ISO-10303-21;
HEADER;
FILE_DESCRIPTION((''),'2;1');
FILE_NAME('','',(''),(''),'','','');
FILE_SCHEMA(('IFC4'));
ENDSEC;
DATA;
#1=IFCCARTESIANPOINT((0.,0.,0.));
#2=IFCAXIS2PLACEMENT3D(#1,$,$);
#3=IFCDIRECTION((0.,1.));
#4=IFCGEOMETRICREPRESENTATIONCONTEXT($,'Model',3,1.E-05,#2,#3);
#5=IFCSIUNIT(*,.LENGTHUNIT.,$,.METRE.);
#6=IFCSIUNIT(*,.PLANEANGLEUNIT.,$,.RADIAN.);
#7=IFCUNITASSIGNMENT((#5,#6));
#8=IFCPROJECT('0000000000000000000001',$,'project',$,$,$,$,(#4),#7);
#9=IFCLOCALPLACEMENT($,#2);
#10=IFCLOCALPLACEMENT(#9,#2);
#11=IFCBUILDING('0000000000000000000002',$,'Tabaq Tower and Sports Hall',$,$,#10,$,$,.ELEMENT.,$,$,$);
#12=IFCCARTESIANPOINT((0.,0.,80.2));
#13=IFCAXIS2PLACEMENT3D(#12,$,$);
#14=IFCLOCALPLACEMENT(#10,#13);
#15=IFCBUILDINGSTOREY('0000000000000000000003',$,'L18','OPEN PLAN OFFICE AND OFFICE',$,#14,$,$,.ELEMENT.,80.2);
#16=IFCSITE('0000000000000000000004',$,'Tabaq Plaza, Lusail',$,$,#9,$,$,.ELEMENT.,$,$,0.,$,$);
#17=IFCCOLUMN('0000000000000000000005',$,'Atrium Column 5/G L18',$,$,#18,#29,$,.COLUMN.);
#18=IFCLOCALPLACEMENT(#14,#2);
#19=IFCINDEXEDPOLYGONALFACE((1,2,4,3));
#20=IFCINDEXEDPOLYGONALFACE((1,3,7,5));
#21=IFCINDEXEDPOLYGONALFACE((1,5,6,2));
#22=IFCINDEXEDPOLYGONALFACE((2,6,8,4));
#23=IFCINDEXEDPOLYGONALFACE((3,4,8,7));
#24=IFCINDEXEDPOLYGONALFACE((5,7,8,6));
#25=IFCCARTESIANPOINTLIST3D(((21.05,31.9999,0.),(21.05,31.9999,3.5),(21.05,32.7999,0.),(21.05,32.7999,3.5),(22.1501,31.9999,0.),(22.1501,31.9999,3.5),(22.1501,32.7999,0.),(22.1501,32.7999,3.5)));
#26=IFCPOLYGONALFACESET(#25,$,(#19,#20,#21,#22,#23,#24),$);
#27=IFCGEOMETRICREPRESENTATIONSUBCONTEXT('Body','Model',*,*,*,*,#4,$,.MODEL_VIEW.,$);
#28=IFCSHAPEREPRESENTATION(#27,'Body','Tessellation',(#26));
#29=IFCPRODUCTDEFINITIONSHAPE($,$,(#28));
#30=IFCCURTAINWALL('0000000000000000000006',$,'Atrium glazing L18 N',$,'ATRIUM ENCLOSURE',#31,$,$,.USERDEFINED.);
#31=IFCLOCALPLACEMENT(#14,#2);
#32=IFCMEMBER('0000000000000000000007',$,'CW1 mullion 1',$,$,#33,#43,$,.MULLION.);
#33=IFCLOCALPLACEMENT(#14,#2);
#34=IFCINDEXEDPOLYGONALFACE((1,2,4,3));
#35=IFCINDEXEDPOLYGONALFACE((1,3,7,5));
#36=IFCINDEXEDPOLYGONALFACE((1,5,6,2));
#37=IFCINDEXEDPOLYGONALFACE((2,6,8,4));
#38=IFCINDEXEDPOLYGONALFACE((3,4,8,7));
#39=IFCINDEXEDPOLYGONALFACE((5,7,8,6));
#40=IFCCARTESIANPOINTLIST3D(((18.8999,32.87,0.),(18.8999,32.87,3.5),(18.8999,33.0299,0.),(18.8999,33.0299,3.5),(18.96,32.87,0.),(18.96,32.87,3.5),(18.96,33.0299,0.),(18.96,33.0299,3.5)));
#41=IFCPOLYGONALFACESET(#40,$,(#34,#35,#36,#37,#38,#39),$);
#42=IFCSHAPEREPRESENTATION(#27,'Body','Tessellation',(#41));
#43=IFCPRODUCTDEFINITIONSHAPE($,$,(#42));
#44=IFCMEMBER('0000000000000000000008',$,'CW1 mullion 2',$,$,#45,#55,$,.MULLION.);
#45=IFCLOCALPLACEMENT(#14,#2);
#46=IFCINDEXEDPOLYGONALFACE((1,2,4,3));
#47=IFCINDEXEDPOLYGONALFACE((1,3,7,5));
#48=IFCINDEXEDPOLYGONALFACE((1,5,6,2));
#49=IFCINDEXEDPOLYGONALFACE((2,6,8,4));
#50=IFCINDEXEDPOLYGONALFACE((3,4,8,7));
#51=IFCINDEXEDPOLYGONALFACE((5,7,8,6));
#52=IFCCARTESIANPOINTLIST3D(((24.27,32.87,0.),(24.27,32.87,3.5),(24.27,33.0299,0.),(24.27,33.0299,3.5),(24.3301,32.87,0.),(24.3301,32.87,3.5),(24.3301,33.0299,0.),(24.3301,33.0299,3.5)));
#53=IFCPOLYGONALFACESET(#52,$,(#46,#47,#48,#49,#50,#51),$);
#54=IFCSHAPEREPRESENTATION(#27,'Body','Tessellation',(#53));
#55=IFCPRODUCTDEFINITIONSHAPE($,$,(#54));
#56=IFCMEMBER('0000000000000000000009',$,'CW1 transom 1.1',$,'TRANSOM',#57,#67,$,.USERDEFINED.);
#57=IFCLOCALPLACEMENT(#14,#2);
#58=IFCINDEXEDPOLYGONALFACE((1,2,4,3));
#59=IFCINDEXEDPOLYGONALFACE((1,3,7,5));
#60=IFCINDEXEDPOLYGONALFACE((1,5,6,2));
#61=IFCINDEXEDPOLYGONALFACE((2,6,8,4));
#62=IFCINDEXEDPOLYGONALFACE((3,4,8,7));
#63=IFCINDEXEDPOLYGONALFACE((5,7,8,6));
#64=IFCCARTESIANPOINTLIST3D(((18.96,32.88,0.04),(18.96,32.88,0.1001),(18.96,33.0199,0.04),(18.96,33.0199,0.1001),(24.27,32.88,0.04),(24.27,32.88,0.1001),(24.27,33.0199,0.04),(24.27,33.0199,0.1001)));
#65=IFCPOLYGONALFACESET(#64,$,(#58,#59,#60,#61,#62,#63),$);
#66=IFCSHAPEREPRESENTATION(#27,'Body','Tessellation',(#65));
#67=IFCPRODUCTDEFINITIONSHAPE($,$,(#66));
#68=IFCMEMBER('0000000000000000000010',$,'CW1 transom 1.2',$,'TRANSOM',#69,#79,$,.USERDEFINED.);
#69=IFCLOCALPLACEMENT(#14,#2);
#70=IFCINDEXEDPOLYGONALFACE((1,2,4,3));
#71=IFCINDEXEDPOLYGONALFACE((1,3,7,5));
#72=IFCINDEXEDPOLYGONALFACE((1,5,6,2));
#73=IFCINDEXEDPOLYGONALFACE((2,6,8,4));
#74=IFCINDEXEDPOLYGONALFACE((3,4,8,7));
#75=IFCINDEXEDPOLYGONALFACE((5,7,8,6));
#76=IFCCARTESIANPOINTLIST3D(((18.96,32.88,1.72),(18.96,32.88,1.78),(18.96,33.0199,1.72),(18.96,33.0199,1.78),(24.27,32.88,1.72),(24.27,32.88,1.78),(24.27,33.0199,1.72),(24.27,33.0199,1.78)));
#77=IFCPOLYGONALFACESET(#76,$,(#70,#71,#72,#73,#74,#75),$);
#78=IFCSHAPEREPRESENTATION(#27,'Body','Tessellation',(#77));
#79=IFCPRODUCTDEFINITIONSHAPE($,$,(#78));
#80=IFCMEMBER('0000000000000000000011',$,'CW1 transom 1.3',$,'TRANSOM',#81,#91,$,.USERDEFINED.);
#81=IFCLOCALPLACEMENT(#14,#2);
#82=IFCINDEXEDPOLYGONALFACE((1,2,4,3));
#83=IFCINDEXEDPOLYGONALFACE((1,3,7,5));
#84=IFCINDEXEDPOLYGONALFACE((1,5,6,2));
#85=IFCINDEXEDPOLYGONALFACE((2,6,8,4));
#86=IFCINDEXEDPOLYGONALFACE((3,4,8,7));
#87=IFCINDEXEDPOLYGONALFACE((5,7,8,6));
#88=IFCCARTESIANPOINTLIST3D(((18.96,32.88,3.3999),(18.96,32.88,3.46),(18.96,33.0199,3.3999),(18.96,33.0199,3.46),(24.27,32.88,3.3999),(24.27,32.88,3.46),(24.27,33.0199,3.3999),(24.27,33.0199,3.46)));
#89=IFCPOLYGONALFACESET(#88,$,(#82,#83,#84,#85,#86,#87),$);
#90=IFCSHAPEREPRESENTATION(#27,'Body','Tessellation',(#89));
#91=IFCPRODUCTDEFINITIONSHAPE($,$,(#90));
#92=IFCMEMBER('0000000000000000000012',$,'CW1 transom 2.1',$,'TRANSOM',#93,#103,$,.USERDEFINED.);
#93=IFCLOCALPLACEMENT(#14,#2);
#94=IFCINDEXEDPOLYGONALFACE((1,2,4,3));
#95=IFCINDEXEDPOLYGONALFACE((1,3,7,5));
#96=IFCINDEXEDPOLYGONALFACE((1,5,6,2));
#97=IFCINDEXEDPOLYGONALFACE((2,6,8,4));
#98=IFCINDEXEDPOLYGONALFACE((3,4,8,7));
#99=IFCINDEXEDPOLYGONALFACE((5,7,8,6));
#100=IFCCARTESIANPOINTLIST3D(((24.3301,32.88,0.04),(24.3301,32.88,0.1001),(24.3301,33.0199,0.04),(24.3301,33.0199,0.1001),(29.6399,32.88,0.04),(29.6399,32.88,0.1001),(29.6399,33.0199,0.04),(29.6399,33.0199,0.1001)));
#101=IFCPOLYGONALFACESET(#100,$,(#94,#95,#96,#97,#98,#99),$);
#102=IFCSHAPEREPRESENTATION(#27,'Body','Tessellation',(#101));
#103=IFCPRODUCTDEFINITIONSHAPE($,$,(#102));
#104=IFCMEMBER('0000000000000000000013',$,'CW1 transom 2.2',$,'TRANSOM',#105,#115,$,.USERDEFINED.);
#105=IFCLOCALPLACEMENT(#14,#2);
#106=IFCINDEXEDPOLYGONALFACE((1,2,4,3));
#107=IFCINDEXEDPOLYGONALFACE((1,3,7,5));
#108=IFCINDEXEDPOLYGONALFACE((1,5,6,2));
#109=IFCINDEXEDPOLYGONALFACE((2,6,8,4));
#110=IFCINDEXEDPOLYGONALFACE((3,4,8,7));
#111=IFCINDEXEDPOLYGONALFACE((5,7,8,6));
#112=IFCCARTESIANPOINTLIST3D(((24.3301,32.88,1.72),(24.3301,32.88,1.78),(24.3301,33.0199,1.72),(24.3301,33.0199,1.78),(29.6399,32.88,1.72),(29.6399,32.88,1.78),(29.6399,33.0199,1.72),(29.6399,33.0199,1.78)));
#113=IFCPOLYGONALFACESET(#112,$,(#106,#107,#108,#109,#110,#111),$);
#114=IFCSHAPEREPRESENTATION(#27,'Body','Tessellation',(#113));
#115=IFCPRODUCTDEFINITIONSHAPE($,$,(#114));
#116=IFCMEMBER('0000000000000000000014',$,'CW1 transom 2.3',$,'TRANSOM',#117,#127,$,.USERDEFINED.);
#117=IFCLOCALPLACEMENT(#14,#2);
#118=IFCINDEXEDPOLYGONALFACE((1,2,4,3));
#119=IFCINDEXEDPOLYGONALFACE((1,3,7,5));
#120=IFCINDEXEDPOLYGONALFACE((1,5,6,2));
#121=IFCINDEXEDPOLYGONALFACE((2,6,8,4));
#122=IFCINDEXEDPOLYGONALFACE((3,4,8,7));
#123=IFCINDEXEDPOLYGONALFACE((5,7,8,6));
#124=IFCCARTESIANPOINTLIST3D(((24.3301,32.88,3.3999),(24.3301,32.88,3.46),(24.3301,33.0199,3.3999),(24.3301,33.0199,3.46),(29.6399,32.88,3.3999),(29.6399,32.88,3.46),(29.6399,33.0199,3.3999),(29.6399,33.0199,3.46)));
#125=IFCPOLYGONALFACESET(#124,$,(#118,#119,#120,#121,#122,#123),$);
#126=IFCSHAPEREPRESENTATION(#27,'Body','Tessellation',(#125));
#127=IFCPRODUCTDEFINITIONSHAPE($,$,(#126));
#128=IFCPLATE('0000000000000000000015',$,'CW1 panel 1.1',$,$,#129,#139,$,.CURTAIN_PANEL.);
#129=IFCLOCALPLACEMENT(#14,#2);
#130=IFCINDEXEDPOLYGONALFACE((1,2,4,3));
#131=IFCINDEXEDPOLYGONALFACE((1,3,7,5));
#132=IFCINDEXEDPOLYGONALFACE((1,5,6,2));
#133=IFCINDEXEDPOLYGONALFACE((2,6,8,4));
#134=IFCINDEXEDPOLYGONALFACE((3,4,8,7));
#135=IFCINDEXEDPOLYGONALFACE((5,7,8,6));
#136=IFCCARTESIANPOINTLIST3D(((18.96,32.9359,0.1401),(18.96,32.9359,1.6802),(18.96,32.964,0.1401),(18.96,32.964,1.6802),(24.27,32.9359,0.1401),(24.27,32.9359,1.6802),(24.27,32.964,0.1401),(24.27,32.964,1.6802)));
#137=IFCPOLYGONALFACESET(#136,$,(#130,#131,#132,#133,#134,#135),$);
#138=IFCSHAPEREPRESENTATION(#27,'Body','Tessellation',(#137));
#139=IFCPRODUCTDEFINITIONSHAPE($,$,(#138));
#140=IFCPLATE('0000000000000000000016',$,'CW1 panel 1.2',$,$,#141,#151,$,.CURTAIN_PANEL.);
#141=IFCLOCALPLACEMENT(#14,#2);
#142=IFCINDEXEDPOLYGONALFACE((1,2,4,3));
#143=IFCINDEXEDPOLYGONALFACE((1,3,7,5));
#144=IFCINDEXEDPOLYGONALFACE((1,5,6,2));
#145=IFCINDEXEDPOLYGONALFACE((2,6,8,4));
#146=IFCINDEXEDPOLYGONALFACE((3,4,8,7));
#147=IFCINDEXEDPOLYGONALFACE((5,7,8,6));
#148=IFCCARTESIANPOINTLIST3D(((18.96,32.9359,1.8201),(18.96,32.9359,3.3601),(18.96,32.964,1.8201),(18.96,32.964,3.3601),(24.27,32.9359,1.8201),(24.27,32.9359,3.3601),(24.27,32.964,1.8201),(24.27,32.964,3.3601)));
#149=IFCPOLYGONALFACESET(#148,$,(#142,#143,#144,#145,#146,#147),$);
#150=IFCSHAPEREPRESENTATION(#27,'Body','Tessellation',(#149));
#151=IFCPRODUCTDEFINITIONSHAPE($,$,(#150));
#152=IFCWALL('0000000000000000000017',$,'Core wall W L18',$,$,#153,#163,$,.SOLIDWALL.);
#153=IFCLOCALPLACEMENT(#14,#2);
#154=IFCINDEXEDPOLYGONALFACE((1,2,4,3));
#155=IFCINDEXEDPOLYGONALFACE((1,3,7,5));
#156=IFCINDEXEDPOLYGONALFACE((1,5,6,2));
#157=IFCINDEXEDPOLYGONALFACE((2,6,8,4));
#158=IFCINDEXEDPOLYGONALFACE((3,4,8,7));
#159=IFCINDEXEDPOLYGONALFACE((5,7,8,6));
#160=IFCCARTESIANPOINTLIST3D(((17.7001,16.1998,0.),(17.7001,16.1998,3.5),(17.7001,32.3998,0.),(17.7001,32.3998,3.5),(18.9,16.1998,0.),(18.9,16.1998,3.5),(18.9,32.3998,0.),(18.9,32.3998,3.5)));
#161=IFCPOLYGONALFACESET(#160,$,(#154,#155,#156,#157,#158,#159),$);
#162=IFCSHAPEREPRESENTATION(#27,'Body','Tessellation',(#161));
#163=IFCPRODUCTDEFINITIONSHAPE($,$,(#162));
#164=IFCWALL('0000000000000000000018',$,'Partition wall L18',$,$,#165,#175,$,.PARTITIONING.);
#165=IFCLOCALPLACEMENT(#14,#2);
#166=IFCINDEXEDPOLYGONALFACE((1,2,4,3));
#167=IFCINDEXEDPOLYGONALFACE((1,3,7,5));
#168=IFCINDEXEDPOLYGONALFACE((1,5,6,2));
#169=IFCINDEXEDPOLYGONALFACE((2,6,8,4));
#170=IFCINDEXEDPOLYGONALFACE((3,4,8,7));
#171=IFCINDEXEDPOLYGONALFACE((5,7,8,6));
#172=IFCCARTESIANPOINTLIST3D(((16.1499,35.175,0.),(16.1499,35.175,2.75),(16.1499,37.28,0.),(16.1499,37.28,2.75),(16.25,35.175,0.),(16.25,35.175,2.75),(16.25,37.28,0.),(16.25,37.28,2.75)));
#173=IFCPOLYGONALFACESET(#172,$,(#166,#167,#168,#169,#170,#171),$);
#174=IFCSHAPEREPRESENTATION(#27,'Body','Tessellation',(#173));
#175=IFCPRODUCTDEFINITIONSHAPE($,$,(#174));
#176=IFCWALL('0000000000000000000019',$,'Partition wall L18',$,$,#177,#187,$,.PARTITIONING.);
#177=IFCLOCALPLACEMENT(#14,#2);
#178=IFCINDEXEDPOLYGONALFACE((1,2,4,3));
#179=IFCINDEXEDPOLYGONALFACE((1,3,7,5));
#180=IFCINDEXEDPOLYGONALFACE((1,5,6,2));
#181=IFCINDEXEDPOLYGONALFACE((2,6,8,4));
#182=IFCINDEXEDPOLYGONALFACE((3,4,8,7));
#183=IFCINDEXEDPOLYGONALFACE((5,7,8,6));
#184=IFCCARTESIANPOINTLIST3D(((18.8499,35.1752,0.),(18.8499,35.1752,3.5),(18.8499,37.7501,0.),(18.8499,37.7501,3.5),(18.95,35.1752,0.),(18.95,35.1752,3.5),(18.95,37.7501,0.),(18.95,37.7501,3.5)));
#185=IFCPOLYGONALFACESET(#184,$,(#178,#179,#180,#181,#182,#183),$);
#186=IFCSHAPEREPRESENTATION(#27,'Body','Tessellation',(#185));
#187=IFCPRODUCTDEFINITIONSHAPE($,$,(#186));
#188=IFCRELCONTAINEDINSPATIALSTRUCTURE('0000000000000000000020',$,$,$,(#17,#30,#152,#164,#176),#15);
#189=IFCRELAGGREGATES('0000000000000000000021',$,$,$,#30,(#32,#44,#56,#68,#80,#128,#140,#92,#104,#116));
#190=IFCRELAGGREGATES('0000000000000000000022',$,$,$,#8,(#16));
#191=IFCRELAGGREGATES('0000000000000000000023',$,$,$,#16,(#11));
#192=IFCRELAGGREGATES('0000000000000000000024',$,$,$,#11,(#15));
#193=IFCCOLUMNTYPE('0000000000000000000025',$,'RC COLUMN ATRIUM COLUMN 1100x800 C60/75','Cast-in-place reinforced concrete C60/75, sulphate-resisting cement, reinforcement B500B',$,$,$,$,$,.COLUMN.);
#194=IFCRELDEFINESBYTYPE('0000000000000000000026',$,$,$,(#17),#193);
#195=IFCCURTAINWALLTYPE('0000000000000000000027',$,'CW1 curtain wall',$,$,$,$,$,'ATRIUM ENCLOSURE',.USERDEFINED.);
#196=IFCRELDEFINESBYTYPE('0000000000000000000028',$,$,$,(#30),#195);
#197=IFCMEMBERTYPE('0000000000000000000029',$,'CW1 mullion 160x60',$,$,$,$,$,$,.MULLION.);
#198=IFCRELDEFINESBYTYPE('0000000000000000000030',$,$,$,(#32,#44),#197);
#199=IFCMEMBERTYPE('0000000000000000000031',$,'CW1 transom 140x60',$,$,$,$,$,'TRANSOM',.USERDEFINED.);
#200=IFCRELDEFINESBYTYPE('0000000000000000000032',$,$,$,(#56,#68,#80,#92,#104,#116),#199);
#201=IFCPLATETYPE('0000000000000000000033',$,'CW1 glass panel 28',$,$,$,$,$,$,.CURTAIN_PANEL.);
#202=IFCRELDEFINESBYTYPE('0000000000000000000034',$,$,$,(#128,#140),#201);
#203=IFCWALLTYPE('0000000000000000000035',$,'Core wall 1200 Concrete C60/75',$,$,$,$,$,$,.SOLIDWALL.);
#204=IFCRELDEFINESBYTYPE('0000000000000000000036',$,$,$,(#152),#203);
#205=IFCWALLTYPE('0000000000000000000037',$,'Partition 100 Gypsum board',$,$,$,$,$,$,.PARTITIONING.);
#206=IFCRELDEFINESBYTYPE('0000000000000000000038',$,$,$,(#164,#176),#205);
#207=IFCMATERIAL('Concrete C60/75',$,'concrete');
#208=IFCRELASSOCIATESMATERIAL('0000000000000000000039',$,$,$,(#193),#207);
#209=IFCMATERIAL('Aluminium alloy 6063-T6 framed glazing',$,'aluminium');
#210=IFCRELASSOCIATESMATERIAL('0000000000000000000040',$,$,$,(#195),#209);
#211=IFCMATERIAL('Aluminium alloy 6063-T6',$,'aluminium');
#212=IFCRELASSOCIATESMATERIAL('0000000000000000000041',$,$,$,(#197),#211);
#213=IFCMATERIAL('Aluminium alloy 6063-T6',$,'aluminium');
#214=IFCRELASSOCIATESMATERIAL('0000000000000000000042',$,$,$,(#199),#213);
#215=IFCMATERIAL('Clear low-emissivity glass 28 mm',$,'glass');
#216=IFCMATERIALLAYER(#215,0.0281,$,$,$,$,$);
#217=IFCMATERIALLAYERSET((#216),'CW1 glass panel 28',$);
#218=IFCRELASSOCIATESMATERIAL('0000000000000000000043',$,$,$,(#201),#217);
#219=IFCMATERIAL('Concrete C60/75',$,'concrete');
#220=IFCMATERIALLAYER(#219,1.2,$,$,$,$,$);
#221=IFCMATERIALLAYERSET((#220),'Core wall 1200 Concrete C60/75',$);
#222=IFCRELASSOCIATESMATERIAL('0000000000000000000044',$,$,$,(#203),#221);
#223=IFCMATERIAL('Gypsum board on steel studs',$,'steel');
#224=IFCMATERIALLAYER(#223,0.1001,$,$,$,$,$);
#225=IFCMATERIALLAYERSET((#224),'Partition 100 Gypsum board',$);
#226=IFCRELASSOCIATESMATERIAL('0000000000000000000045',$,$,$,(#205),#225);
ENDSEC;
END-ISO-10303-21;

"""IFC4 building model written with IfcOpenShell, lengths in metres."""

from ifc_helpers import new_model, si_unit, direction, frame, frame_2d, origin, origin_2d, place, context, subcontext, project, spatial, rectangle, extrude, material, layer, layer_set, material_profile, profile_set, type_object, element, aggregate, save


model = new_model("IFC4")

# Units and contexts
model_context = context("Model", 3, precision=1e-05, world=origin(), true_north=direction((0.0, 1.0)))
body_context = subcontext(model_context, "Body", "Model", "MODEL_VIEW")
ifc_project = project(units=[si_unit("LENGTHUNIT", "METRE"), si_unit("PLANEANGLEUNIT", "RADIAN")], contexts=[model_context])

# Site, building, storey
site_placement = place(None, origin())
site = spatial("IfcSite", under=ifc_project, at=site_placement, Name="Tabaq Plaza, Lusail", CompositionType="ELEMENT", RefElevation=0.0)
building_placement = place(site_placement, origin())
building = spatial("IfcBuilding", under=site, at=building_placement, Name="Tabaq Tower and Sports Hall", CompositionType="ELEMENT")
storey_placement = place(building_placement, frame((0.0, 0.0, 80.2)))
storey = spatial("IfcBuildingStorey", under=building, at=storey_placement, Name="L18", Description="OPEN PLAN OFFICE AND OFFICE", CompositionType="ELEMENT", Elevation=80.2)

# Column
ifc_material_1 = material(Name="Concrete C60/75", Category="concrete")
ifc_material_profile_1 = material_profile(ifc_material_1, rectangle(XDim=1.1001, YDim=0.8, at=origin_2d()), Name="ATRIUM COLUMN 1100x800")
ifc_profile_set_1 = profile_set([ifc_material_profile_1], Name="Concrete C60/75")
column_type = type_object("IfcColumnType", Name="RC COLUMN ATRIUM COLUMN 1100x800 C60/75", Description="Cast-in-place reinforced concrete C60/75, sulphate-resisting cement, reinforcement B500B", PredefinedType="COLUMN", material=ifc_profile_set_1)
column_placement = place(storey_placement, frame((21.6001, 32.3999, 0.0), z_axis=(0.0, 0.0, 1.0), x_axis=(1.0, 0.0, 0.0)))
element("IfcColumn", 1, at=column_placement, inside=storey, type_object=column_type, Name="Atrium Column 5/G L18", PredefinedType="COLUMN", context=body_context, shape_type="SweptSolid", body=[
    extrude(rectangle(XDim=1.1001, YDim=0.8, at=origin_2d()), origin(), (0.0, 0.0, 1.0), 3.5),
])

# Curtain wall, members, plates
ifc_material_2 = material(Name="Aluminium alloy 6063-T6 framed glazing", Category="aluminium")
curtain_wall_type = type_object("IfcCurtainWallType", Name="CW1 curtain wall", ElementType="ATRIUM ENCLOSURE", PredefinedType="USERDEFINED", material=ifc_material_2)
curtain_wall_placement = place(storey_placement, origin())
curtain_wall = element("IfcCurtainWall", 2, at=curtain_wall_placement, inside=storey, type_object=curtain_wall_type, Name="Atrium glazing L18 N", ObjectType="ATRIUM ENCLOSURE", PredefinedType="USERDEFINED")
ifc_material_3 = material(Name="Aluminium alloy 6063-T6", Category="aluminium")
ifc_material_profile_2 = material_profile(ifc_material_3, rectangle(XDim=0.1599, YDim=0.0601, at=origin_2d()), Name="MULLION 160x60")
ifc_profile_set_2 = profile_set([ifc_material_profile_2], Name="Aluminium alloy 6063-T6")
member_type_1 = type_object("IfcMemberType", Name="CW1 mullion 160x60", PredefinedType="MULLION", material=ifc_profile_set_2)
member_1_placement = place(storey_placement, frame((18.9299, 32.95, 0.0), z_axis=(0.0, 0.0, 1.0), x_axis=(0.0, 1.0, 0.0)))
member_1 = element("IfcMember", 3, at=member_1_placement, type_object=member_type_1, Name="CW1 mullion 1", PredefinedType="MULLION", context=body_context, shape_type="SweptSolid", body=[
    extrude(rectangle(XDim=0.1599, YDim=0.0601, at=origin_2d()), origin(), (0.0, 0.0, 1.0), 3.5),
])
member_2_placement = place(storey_placement, frame((24.3, 32.95, 0.0), z_axis=(0.0, 0.0, 1.0), x_axis=(0.0, 1.0, 0.0)))
member_2 = element("IfcMember", 4, at=member_2_placement, type_object=member_type_1, Name="CW1 mullion 2", PredefinedType="MULLION", context=body_context, shape_type="SweptSolid", body=[
    extrude(rectangle(XDim=0.1599, YDim=0.0601, at=origin_2d()), origin(), (0.0, 0.0, 1.0), 3.5),
])
ifc_material_4 = material(Name="Aluminium alloy 6063-T6", Category="aluminium")
ifc_material_profile_3 = material_profile(ifc_material_4, rectangle(XDim=0.1399, YDim=0.0601, at=origin_2d()), Name="TRANSOM 140x60")
ifc_profile_set_3 = profile_set([ifc_material_profile_3], Name="Aluminium alloy 6063-T6")
member_type_2 = type_object("IfcMemberType", Name="CW1 transom 140x60", ElementType="TRANSOM", PredefinedType="USERDEFINED", material=ifc_profile_set_3)
member_3_placement = place(storey_placement, frame((18.96, 32.95, 0.0701), z_axis=(1.0, 0.0, 0.0), x_axis=(0.0, 1.0, 0.0)))
member_3 = element("IfcMember", 5, at=member_3_placement, type_object=member_type_2, Name="CW1 transom 1.1", ObjectType="TRANSOM", PredefinedType="USERDEFINED", context=body_context, shape_type="SweptSolid", body=[
    extrude(rectangle(XDim=0.1399, YDim=0.0601, at=origin_2d()), origin(), (0.0, 0.0, 1.0), 5.3101),
])
member_4_placement = place(storey_placement, frame((18.96, 32.95, 1.75), z_axis=(1.0, 0.0, 0.0), x_axis=(0.0, 1.0, 0.0)))
member_4 = element("IfcMember", 6, at=member_4_placement, type_object=member_type_2, Name="CW1 transom 1.2", ObjectType="TRANSOM", PredefinedType="USERDEFINED", context=body_context, shape_type="SweptSolid", body=[
    extrude(rectangle(XDim=0.1399, YDim=0.0601, at=origin_2d()), origin(), (0.0, 0.0, 1.0), 5.3101),
])
member_5_placement = place(storey_placement, frame((18.96, 32.95, 3.4299), z_axis=(1.0, 0.0, 0.0), x_axis=(0.0, 1.0, 0.0)))
member_5 = element("IfcMember", 7, at=member_5_placement, type_object=member_type_2, Name="CW1 transom 1.3", ObjectType="TRANSOM", PredefinedType="USERDEFINED", context=body_context, shape_type="SweptSolid", body=[
    extrude(rectangle(XDim=0.1399, YDim=0.0601, at=origin_2d()), origin(), (0.0, 0.0, 1.0), 5.3101),
])
member_6_placement = place(storey_placement, frame((24.3301, 32.95, 0.0701), z_axis=(1.0, 0.0, 0.0), x_axis=(0.0, 1.0, 0.0)))
member_6 = element("IfcMember", 8, at=member_6_placement, type_object=member_type_2, Name="CW1 transom 2.1", ObjectType="TRANSOM", PredefinedType="USERDEFINED", context=body_context, shape_type="SweptSolid", body=[
    extrude(rectangle(XDim=0.1399, YDim=0.0601, at=origin_2d()), origin(), (0.0, 0.0, 1.0), 5.3098),
])
member_7_placement = place(storey_placement, frame((24.3301, 32.95, 1.75), z_axis=(1.0, 0.0, 0.0), x_axis=(0.0, 1.0, 0.0)))
member_7 = element("IfcMember", 9, at=member_7_placement, type_object=member_type_2, Name="CW1 transom 2.2", ObjectType="TRANSOM", PredefinedType="USERDEFINED", context=body_context, shape_type="SweptSolid", body=[
    extrude(rectangle(XDim=0.1399, YDim=0.0601, at=origin_2d()), origin(), (0.0, 0.0, 1.0), 5.3098),
])
member_8_placement = place(storey_placement, frame((24.3301, 32.95, 3.4299), z_axis=(1.0, 0.0, 0.0), x_axis=(0.0, 1.0, 0.0)))
member_8 = element("IfcMember", 10, at=member_8_placement, type_object=member_type_2, Name="CW1 transom 2.3", ObjectType="TRANSOM", PredefinedType="USERDEFINED", context=body_context, shape_type="SweptSolid", body=[
    extrude(rectangle(XDim=0.1399, YDim=0.0601, at=origin_2d()), origin(), (0.0, 0.0, 1.0), 5.3098),
])
ifc_material_5 = material(Name="Clear low-emissivity glass 28 mm", Category="glass")
ifc_layer_1 = layer(ifc_material_5, 0.0281)
ifc_layer_set_1 = layer_set([ifc_layer_1], Name="CW1 glass panel 28")
plate_type = type_object("IfcPlateType", Name="CW1 glass panel 28", PredefinedType="CURTAIN_PANEL", material=ifc_layer_set_1)
plate_1_placement = place(storey_placement, frame((21.615, 32.95, 0.1401), z_axis=(0.0, 0.0, 1.0), x_axis=(1.0, 0.0, 0.0)))
plate_1 = element("IfcPlate", 11, at=plate_1_placement, type_object=plate_type, Name="CW1 panel 1.1", PredefinedType="CURTAIN_PANEL", context=body_context, shape_type="SweptSolid", body=[
    extrude(rectangle(XDim=5.3101, YDim=0.0281, at=origin_2d()), origin(), (0.0, 0.0, 1.0), 1.54),
])
plate_2_placement = place(storey_placement, frame((21.615, 32.95, 1.8201), z_axis=(0.0, 0.0, 1.0), x_axis=(1.0, 0.0, 0.0)))
plate_2 = element("IfcPlate", 12, at=plate_2_placement, type_object=plate_type, Name="CW1 panel 1.2", PredefinedType="CURTAIN_PANEL", context=body_context, shape_type="SweptSolid", body=[
    extrude(rectangle(XDim=5.3101, YDim=0.0281, at=origin_2d()), origin(), (0.0, 0.0, 1.0), 1.54),
])
aggregate(curtain_wall, [member_1, member_2, member_3, member_4, member_5, plate_1, plate_2, member_6, member_7, member_8])

# Walls
ifc_material_6 = material(Name="Concrete C60/75", Category="concrete")
ifc_layer_2 = layer(ifc_material_6, 1.2)
ifc_layer_set_2 = layer_set([ifc_layer_2], Name="Core wall 1200 Concrete C60/75")
wall_type_1 = type_object("IfcWallType", Name="Core wall 1200 Concrete C60/75", PredefinedType="SOLIDWALL", material=ifc_layer_set_2)
wall_1_placement = place(storey_placement, frame((18.3, 32.3999, 0.0), z_axis=(0.0, 0.0, 1.0), x_axis=(0.0, -1.0, 0.0)))
element("IfcWall", 13, at=wall_1_placement, inside=storey, type_object=wall_type_1, Name="Core wall W L18", PredefinedType="SOLIDWALL", context=body_context, shape_type="SweptSolid", body=[
    extrude(rectangle(XDim=16.2, YDim=1.2, at=frame_2d((8.1001, 0.0))), origin(), (0.0, 0.0, 1.0), 3.5),
])
ifc_material_7 = material(Name="Gypsum board on steel studs", Category="steel")
ifc_layer_3 = layer(ifc_material_7, 0.1001)
ifc_layer_set_3 = layer_set([ifc_layer_3], Name="Partition 100 Gypsum board")
wall_type_2 = type_object("IfcWallType", Name="Partition 100 Gypsum board", PredefinedType="PARTITIONING", material=ifc_layer_set_3)
wall_2_placement = place(storey_placement, frame((16.2, 35.175, 0.0), z_axis=(0.0, 0.0, 1.0), x_axis=(0.0, 1.0, 0.0)))
element("IfcWall", 14, at=wall_2_placement, inside=storey, type_object=wall_type_2, Name="Partition wall L18", PredefinedType="PARTITIONING", context=body_context, shape_type="SweptSolid", body=[
    extrude(rectangle(XDim=2.105, YDim=0.1001, at=frame_2d((1.0525, 0.0))), origin(), (0.0, 0.0, 1.0), 2.75),
])
wall_3_placement = place(storey_placement, frame((18.8999, 35.175, 0.0), z_axis=(0.0, 0.0, 1.0), x_axis=(0.0, 1.0, 0.0)))
element("IfcWall", 15, at=wall_3_placement, inside=storey, type_object=wall_type_2, Name="Partition wall L18", PredefinedType="PARTITIONING", context=body_context, shape_type="SweptSolid", body=[
    extrude(rectangle(XDim=2.575, YDim=0.1001, at=frame_2d((1.2876, 0.0))), origin(), (0.0, 0.0, 1.0), 3.5),
])

save(model, "model.ifc")
